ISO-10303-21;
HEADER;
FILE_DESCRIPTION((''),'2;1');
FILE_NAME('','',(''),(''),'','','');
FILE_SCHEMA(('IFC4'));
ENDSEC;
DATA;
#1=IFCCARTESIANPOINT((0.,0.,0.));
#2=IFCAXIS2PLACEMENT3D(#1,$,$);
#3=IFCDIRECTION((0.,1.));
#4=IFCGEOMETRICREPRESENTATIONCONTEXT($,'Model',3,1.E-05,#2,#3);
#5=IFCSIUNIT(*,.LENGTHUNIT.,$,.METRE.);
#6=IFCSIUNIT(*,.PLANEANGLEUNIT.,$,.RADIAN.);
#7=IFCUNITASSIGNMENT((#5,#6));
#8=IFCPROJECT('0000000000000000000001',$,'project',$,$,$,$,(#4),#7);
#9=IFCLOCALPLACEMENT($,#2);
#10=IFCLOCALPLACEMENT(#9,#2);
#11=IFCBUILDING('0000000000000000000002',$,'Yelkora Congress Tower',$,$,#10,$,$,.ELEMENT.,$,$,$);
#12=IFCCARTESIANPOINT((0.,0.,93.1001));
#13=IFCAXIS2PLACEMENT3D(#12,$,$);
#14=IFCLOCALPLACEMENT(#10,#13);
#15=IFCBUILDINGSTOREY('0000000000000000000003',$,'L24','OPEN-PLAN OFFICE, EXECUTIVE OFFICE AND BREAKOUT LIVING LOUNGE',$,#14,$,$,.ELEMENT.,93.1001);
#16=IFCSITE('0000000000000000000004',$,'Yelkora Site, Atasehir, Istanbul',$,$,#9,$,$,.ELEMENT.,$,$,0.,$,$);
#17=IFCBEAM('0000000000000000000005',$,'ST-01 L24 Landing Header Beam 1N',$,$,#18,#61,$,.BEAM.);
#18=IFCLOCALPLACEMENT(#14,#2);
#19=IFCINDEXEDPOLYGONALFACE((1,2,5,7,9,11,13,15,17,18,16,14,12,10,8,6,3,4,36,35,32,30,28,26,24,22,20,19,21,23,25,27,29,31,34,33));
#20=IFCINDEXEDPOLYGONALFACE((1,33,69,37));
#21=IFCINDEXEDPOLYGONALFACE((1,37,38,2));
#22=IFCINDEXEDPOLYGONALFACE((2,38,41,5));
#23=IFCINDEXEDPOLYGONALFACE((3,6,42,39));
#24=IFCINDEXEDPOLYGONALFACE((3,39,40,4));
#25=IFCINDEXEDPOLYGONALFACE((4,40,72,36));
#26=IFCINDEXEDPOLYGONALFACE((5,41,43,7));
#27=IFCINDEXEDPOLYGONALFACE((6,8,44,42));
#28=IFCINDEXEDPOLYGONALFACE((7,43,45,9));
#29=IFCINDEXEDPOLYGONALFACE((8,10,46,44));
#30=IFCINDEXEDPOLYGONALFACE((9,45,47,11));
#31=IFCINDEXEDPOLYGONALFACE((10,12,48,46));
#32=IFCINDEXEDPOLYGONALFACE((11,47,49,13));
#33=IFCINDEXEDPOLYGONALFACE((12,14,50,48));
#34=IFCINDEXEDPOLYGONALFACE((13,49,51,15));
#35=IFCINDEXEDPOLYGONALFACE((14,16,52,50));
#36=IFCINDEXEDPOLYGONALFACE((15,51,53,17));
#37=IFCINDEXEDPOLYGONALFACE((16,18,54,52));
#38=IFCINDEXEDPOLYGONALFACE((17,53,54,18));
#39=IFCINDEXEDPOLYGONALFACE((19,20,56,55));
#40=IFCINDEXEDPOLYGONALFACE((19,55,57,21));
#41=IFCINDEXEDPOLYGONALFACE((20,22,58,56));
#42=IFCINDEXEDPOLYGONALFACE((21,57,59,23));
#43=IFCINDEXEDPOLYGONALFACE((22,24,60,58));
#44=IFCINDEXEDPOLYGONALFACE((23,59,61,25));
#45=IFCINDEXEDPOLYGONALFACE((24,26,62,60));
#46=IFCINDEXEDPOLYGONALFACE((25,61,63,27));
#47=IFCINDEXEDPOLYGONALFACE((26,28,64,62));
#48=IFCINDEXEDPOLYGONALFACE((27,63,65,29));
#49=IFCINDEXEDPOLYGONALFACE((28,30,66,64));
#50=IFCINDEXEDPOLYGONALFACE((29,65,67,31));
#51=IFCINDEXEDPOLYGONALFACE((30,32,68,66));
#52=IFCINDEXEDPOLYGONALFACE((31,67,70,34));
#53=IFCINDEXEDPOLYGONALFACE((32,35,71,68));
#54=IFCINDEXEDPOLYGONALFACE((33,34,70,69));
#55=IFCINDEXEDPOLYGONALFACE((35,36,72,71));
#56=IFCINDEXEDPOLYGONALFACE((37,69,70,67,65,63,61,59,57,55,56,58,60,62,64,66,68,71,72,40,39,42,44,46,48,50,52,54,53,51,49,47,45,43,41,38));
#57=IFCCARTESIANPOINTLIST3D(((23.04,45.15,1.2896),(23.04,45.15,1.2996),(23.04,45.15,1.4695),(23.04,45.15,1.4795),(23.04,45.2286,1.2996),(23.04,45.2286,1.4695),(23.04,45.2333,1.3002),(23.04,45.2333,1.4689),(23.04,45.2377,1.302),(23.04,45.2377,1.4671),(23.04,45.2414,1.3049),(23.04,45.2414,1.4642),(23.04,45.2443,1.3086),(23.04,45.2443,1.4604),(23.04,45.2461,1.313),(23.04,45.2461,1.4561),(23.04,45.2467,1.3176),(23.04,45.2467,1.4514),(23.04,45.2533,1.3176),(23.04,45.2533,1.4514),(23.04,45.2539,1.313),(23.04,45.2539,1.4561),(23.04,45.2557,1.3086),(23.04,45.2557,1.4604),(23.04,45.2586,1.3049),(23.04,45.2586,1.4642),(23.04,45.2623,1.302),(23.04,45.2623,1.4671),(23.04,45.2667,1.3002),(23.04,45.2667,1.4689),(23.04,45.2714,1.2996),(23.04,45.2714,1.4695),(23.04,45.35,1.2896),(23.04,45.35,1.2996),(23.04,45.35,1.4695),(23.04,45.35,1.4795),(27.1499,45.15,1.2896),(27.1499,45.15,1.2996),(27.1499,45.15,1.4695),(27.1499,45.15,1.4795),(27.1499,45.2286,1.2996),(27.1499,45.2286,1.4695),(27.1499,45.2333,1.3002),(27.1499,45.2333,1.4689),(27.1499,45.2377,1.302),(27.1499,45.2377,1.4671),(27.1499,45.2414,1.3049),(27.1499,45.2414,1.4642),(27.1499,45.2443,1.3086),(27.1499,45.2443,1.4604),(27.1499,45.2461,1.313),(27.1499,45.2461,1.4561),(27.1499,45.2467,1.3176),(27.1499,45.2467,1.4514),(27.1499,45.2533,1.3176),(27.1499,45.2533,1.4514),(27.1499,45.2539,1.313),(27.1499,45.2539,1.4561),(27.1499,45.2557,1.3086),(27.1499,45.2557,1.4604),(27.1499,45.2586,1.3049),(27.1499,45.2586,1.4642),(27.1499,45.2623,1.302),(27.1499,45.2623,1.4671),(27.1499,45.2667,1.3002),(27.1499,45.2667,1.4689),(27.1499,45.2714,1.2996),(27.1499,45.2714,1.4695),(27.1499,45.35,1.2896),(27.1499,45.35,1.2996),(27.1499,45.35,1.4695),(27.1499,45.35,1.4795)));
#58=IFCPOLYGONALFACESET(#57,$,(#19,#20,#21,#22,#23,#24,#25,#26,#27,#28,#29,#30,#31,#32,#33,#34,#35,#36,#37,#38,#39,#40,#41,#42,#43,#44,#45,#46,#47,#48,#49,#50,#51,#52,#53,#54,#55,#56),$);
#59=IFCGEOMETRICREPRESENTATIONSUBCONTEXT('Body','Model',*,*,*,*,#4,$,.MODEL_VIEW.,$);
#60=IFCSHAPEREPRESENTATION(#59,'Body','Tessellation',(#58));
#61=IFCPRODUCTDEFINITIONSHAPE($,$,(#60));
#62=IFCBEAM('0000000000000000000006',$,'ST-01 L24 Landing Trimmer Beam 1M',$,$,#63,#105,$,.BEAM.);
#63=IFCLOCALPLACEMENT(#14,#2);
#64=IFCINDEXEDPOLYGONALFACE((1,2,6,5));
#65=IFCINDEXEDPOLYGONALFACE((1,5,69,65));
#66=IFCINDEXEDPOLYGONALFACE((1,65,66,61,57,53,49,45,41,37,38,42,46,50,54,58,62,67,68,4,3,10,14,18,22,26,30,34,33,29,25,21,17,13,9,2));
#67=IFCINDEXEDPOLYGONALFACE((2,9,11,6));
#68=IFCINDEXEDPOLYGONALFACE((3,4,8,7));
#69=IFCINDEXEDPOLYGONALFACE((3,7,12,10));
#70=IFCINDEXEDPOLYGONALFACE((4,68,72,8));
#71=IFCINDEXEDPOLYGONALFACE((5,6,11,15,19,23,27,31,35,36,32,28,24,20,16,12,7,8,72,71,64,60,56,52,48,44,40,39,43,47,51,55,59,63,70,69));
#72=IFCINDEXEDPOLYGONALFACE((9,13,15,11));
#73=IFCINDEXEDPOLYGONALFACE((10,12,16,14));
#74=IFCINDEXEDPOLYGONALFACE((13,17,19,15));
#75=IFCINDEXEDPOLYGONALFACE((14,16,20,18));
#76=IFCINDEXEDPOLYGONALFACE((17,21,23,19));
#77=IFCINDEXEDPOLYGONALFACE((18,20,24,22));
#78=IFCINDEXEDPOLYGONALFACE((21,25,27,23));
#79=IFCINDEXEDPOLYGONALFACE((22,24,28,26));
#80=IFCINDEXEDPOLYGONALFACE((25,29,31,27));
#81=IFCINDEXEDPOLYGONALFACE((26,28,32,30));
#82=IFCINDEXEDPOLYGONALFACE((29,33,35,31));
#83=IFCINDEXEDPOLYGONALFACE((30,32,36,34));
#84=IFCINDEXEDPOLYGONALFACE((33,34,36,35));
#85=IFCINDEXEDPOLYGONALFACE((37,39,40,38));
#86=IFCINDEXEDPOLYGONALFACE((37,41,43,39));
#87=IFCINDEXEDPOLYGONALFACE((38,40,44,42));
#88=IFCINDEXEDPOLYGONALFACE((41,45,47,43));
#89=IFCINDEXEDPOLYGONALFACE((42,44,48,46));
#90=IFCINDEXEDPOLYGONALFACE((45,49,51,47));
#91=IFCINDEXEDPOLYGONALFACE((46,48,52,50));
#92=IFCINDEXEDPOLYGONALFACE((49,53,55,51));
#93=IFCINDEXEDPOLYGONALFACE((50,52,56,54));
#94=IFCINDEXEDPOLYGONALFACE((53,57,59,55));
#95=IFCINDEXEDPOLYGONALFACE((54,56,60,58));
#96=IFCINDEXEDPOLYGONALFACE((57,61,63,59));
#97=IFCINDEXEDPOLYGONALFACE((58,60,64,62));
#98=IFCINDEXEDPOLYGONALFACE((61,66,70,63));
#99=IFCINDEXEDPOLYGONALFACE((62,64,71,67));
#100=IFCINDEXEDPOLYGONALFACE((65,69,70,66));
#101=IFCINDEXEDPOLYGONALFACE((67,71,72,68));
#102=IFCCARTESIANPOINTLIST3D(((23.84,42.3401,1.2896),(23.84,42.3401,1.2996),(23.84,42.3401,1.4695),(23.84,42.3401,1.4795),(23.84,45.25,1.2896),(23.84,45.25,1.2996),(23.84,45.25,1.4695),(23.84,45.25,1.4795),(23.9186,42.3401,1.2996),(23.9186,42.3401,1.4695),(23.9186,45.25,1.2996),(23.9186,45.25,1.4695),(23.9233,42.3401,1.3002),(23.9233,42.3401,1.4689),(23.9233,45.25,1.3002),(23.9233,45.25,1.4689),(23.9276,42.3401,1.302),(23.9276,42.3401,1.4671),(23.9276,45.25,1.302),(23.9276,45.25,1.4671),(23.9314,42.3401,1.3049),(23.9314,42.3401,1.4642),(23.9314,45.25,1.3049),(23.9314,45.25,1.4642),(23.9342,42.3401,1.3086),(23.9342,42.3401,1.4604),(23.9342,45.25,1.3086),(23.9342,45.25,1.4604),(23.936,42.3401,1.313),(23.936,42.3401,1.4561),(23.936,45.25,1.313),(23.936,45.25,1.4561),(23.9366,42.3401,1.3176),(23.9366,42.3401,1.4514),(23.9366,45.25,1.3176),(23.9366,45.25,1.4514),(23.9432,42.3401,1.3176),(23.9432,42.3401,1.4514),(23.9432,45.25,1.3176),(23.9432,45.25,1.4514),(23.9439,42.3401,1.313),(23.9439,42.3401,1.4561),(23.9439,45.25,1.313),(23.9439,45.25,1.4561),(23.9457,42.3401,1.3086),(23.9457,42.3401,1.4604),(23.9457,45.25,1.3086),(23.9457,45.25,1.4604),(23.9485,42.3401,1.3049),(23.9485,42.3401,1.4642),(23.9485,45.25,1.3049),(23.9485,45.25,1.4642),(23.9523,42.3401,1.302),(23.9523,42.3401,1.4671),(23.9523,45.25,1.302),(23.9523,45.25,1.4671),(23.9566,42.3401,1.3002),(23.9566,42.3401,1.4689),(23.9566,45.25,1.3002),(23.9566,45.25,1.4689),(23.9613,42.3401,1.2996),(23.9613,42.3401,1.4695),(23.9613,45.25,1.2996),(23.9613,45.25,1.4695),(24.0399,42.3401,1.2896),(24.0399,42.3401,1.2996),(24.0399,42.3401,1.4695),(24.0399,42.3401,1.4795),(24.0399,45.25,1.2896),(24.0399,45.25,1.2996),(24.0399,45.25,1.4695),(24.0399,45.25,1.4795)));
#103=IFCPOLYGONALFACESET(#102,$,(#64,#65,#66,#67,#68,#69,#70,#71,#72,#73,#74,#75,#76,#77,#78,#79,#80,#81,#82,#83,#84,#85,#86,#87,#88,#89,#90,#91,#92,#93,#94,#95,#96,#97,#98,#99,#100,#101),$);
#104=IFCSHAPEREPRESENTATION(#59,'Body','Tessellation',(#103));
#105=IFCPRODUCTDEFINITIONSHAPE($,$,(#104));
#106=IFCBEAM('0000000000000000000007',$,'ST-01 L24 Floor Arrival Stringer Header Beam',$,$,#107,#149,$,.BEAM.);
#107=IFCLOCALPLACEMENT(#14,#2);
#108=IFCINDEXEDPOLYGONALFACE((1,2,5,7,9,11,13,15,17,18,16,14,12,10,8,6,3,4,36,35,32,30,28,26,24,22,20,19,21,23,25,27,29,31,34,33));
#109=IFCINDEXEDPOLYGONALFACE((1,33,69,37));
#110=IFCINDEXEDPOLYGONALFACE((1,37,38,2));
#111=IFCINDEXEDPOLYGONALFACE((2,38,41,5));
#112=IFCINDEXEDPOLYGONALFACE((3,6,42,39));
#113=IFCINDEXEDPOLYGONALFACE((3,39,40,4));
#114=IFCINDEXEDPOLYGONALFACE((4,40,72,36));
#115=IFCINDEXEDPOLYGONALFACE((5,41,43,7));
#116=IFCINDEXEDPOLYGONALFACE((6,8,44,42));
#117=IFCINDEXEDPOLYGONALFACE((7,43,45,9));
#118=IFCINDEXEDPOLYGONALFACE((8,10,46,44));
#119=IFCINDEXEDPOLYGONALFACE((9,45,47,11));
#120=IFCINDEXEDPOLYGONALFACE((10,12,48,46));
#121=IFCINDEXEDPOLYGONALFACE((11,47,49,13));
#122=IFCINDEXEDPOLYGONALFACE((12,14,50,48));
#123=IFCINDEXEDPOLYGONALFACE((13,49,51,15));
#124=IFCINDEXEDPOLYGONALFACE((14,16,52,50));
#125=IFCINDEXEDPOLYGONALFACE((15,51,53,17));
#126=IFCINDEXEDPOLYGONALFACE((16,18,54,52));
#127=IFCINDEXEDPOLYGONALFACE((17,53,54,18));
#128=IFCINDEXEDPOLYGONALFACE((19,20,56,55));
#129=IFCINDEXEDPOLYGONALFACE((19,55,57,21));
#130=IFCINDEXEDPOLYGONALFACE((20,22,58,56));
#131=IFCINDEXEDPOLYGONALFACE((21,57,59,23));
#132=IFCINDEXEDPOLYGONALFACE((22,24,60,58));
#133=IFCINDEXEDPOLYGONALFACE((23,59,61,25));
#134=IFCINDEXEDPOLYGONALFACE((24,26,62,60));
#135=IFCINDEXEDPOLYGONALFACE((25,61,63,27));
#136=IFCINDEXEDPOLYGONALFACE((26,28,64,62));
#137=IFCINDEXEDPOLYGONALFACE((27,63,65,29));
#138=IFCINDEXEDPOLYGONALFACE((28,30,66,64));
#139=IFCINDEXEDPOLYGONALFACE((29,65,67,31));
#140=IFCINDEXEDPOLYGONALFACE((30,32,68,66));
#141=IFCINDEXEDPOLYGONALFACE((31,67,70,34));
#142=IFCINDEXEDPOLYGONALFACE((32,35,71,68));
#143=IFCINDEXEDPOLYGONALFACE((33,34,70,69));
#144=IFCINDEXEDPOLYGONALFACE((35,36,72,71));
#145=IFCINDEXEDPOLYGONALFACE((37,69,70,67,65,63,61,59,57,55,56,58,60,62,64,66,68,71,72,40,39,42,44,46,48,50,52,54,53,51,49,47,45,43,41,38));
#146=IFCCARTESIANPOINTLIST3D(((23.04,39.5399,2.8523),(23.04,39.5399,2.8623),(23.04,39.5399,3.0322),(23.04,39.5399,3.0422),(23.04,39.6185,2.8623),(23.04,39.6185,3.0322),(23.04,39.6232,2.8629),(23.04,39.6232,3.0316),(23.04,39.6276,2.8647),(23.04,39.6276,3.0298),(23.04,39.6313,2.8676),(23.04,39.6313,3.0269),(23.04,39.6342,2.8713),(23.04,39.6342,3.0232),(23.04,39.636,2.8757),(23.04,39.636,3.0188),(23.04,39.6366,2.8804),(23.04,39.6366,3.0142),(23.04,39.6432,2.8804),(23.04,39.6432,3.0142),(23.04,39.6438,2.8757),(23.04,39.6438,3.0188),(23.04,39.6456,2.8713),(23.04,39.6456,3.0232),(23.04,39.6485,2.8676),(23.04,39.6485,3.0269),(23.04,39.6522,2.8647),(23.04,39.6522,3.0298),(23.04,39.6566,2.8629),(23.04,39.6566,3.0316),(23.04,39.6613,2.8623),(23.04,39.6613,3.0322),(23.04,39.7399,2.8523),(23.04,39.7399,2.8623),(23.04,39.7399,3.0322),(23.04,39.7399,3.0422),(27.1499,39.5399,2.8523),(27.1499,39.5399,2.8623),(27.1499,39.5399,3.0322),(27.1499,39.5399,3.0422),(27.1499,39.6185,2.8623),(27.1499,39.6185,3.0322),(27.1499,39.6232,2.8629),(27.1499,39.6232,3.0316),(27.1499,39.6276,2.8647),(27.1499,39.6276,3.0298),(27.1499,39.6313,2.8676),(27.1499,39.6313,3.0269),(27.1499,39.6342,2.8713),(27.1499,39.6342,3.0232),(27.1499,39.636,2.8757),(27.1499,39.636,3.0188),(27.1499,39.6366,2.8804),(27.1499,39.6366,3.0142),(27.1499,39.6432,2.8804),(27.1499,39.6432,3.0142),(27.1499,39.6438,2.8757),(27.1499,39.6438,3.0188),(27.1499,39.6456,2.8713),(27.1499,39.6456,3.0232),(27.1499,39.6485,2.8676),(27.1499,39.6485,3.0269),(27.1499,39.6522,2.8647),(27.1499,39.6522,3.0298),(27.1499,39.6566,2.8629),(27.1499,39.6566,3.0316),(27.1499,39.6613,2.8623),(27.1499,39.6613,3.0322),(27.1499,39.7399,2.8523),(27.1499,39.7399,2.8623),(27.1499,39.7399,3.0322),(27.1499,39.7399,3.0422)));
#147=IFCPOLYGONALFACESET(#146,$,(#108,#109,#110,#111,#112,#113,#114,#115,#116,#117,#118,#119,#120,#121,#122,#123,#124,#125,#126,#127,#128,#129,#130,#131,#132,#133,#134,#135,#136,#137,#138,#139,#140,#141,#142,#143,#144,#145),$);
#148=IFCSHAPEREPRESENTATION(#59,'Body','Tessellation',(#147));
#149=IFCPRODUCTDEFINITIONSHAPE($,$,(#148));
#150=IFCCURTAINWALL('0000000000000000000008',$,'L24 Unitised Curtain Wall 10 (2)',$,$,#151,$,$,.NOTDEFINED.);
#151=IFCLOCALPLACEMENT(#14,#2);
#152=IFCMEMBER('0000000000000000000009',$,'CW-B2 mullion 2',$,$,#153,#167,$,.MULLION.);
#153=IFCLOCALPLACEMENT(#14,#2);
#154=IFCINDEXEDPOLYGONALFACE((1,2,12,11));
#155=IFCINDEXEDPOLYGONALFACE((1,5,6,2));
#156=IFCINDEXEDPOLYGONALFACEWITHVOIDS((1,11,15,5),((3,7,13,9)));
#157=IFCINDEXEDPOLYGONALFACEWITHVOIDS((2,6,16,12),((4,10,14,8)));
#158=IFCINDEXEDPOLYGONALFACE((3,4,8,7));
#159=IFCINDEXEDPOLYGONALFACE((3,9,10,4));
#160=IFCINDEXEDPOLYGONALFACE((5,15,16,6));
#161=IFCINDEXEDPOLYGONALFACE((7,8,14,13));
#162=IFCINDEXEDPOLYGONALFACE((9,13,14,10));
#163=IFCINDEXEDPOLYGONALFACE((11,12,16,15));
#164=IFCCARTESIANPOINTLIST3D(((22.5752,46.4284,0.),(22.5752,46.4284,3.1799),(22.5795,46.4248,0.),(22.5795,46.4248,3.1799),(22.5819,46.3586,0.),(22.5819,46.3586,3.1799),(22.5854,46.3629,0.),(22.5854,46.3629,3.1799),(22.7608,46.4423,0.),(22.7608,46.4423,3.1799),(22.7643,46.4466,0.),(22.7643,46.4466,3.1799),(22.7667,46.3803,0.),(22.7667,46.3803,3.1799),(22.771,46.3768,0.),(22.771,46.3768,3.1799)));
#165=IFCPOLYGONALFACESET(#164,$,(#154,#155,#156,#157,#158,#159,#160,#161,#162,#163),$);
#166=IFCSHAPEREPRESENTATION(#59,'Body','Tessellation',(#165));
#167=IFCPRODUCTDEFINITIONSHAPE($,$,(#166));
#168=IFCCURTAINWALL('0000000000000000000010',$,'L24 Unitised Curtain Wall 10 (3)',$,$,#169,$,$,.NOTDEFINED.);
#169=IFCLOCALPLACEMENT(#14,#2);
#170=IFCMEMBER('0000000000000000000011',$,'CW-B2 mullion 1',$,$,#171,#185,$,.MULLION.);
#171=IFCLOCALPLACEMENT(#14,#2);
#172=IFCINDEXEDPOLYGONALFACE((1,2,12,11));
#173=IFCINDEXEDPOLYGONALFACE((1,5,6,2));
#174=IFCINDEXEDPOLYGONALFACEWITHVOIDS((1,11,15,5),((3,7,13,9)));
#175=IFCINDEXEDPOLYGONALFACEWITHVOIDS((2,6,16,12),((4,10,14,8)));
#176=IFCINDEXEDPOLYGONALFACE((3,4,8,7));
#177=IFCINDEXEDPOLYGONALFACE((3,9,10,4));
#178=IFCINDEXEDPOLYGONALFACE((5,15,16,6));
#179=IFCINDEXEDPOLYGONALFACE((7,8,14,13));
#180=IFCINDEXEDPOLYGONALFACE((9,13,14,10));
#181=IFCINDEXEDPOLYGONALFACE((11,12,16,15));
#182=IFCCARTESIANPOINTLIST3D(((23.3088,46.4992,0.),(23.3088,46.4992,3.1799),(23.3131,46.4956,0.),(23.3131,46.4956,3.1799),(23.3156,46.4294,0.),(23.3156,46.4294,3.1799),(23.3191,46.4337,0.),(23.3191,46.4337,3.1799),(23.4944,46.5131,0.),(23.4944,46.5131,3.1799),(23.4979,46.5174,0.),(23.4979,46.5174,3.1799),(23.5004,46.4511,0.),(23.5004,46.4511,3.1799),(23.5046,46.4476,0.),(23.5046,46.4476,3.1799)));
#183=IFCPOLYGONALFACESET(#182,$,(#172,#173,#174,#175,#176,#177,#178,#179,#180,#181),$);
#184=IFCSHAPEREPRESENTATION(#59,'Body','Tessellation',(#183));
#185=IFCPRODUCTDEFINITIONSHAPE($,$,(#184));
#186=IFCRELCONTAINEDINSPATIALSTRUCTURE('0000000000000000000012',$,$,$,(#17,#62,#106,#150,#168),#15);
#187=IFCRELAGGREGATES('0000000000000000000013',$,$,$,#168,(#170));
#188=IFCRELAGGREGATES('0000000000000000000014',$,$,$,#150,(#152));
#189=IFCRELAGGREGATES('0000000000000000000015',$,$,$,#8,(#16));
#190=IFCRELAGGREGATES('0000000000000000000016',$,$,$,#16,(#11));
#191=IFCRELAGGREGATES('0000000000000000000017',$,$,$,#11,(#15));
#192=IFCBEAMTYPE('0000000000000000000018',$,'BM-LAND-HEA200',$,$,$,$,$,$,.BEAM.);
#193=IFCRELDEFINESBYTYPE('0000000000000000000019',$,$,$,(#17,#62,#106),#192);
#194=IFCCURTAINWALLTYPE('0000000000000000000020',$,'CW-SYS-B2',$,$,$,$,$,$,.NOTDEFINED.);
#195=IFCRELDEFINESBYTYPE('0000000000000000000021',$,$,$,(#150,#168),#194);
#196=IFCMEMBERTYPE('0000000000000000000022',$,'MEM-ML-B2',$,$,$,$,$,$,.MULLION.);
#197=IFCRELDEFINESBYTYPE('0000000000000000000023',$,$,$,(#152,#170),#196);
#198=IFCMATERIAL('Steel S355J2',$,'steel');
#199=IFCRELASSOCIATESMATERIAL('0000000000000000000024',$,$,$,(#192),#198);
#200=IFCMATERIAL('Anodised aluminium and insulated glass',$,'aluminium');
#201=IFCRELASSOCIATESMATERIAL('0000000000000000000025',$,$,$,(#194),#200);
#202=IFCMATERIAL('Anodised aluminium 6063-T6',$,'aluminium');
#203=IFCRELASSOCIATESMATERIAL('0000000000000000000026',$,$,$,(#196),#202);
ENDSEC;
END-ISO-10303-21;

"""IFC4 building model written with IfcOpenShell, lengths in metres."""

from ifc_helpers import new_model, si_unit, direction, frame, origin, origin_2d, place, context, subcontext, project, spatial, hollow_rectangle, i_section, extrude, material, material_profile, profile_set, type_object, element, aggregate, save


model = new_model("IFC4")

# Units and contexts
model_context = context("Model", 3, precision=1e-05, world=origin(), true_north=direction((0.0, 1.0)))
body_context = subcontext(model_context, "Body", "Model", "MODEL_VIEW")
ifc_project = project(units=[si_unit("LENGTHUNIT", "METRE"), si_unit("PLANEANGLEUNIT", "RADIAN")], contexts=[model_context])

# Site, building, storey
site_placement = place(None, origin())
site = spatial("IfcSite", under=ifc_project, at=site_placement, Name="Yelkora Site, Atasehir, Istanbul", CompositionType="ELEMENT", RefElevation=0.0)
building_placement = place(site_placement, origin())
building = spatial("IfcBuilding", under=site, at=building_placement, Name="Yelkora Congress Tower", CompositionType="ELEMENT")
storey_placement = place(building_placement, frame((0.0, 0.0, 93.1001)))
storey = spatial("IfcBuildingStorey", under=building, at=storey_placement, Name="L24", Description="OPEN-PLAN OFFICE, EXECUTIVE OFFICE AND BREAKOUT LIVING LOUNGE", CompositionType="ELEMENT", Elevation=93.1001)

# Beams
ifc_material_1 = material(Name="Steel S355J2", Category="steel")
ifc_material_profile_1 = material_profile(ifc_material_1, i_section(OverallWidth=0.2, OverallDepth=0.1899, WebThickness=0.0066, FlangeThickness=0.01, FilletRadius=0.0181, at=origin_2d()), Name="HEA 200")
ifc_profile_set_1 = profile_set([ifc_material_profile_1], Name="Steel S355J2")
beam_type_1 = type_object("IfcBeamType", Name="BM-LAND-HEA200", PredefinedType="BEAM", material=ifc_profile_set_1)
for number, where, z_axis, x_axis, name in (
    (1, (23.04, 45.25, 1.3845), (1.0, 0.0, 0.0), (0.0, 1.0, 0.0), "ST-01 L24 Landing Header Beam 1N"),
):
    element("IfcBeam", number, at=place(storey_placement, frame(where, z_axis=z_axis, x_axis=x_axis)), inside=storey, type_object=beam_type_1, Name=name, PredefinedType="BEAM", context=body_context, shape_type="SweptSolid", body=[
        extrude(i_section(OverallWidth=0.2, OverallDepth=0.1899, WebThickness=0.0066, FlangeThickness=0.01, FilletRadius=0.0181, at=origin_2d()), origin(), (0.0, 0.0, 1.0), 4.1099),
    ])
beam_1_placement = place(storey_placement, frame((23.9399, 42.3401, 1.3845), z_axis=(0.0, 1.0, 0.0), x_axis=(-1.0, 0.0, 0.0)))
element("IfcBeam", 2, at=beam_1_placement, inside=storey, type_object=beam_type_1, Name="ST-01 L24 Landing Trimmer Beam 1M", PredefinedType="BEAM", context=body_context, shape_type="SweptSolid", body=[
    extrude(i_section(OverallWidth=0.2, OverallDepth=0.1899, WebThickness=0.0066, FlangeThickness=0.01, FilletRadius=0.0181, at=origin_2d()), origin(), (0.0, 0.0, 1.0), 2.9099),
])
beam_2_placement = place(storey_placement, frame((23.04, 39.6399, 2.9473), z_axis=(1.0, 0.0, 0.0), x_axis=(0.0, 1.0, 0.0)))
element("IfcBeam", 3, at=beam_2_placement, inside=storey, type_object=beam_type_1, Name="ST-01 L24 Floor Arrival Stringer Header Beam", PredefinedType="BEAM", context=body_context, shape_type="SweptSolid", body=[
    extrude(i_section(OverallWidth=0.2, OverallDepth=0.1899, WebThickness=0.0066, FlangeThickness=0.01, FilletRadius=0.0181, at=origin_2d()), origin(), (0.0, 0.0, 1.0), 4.1099),
])

# Curtain wall, member
ifc_material_2 = material(Name="Anodised aluminium and insulated glass", Category="aluminium")
curtain_wall_type = type_object("IfcCurtainWallType", Name="CW-SYS-B2", PredefinedType="NOTDEFINED", material=ifc_material_2)
curtain_wall_1_placement = place(storey_placement, origin())
curtain_wall_1 = element("IfcCurtainWall", 4, at=curtain_wall_1_placement, inside=storey, type_object=curtain_wall_type, Name="L24 Unitised Curtain Wall 10 (2)", PredefinedType="NOTDEFINED")
ifc_material_3 = material(Name="Anodised aluminium 6063-T6", Category="aluminium")
ifc_material_profile_2 = material_profile(ifc_material_3, hollow_rectangle(XDim=0.0701, YDim=0.1899, WallThickness=0.0039, at=origin_2d()), Name="ALU 70x190x4")
ifc_profile_set_2 = profile_set([ifc_material_profile_2], Name="Anodised aluminium 6063-T6")
member_type_1 = type_object("IfcMemberType", Name="MEM-ML-B2", PredefinedType="MULLION", material=ifc_profile_set_2)
member_1_placement = place(storey_placement, frame((22.6731, 46.4026, 0.0), z_axis=(0.0, 0.0, 1.0), x_axis=(-0.095841, 0.995397, 0.0)))
member_1 = element("IfcMember", 5, at=member_1_placement, type_object=member_type_1, Name="CW-B2 mullion 2", PredefinedType="MULLION", context=body_context, shape_type="SweptSolid", body=[
    extrude(hollow_rectangle(XDim=0.0701, YDim=0.1899, WallThickness=0.0039, at=origin_2d()), origin(), (0.0, 0.0, 1.0), 3.1799),
])

# Curtain wall, member
curtain_wall_2_placement = place(storey_placement, origin())
curtain_wall_2 = element("IfcCurtainWall", 6, at=curtain_wall_2_placement, inside=storey, type_object=curtain_wall_type, Name="L24 Unitised Curtain Wall 10 (3)", PredefinedType="NOTDEFINED")
member_2_placement = place(storey_placement, frame((23.4067, 46.4734, 0.0), z_axis=(0.0, 0.0, 1.0), x_axis=(-0.095844, 0.995396, 0.0)))
member_2 = element("IfcMember", 7, at=member_2_placement, type_object=member_type_1, Name="CW-B2 mullion 1", PredefinedType="MULLION", context=body_context, shape_type="SweptSolid", body=[
    extrude(hollow_rectangle(XDim=0.0701, YDim=0.1899, WallThickness=0.0039, at=origin_2d()), origin(), (0.0, 0.0, 1.0), 3.1799),
])
aggregate(curtain_wall_2, [member_2])

aggregate(curtain_wall_1, [member_1])

save(model, "model.ifc")
